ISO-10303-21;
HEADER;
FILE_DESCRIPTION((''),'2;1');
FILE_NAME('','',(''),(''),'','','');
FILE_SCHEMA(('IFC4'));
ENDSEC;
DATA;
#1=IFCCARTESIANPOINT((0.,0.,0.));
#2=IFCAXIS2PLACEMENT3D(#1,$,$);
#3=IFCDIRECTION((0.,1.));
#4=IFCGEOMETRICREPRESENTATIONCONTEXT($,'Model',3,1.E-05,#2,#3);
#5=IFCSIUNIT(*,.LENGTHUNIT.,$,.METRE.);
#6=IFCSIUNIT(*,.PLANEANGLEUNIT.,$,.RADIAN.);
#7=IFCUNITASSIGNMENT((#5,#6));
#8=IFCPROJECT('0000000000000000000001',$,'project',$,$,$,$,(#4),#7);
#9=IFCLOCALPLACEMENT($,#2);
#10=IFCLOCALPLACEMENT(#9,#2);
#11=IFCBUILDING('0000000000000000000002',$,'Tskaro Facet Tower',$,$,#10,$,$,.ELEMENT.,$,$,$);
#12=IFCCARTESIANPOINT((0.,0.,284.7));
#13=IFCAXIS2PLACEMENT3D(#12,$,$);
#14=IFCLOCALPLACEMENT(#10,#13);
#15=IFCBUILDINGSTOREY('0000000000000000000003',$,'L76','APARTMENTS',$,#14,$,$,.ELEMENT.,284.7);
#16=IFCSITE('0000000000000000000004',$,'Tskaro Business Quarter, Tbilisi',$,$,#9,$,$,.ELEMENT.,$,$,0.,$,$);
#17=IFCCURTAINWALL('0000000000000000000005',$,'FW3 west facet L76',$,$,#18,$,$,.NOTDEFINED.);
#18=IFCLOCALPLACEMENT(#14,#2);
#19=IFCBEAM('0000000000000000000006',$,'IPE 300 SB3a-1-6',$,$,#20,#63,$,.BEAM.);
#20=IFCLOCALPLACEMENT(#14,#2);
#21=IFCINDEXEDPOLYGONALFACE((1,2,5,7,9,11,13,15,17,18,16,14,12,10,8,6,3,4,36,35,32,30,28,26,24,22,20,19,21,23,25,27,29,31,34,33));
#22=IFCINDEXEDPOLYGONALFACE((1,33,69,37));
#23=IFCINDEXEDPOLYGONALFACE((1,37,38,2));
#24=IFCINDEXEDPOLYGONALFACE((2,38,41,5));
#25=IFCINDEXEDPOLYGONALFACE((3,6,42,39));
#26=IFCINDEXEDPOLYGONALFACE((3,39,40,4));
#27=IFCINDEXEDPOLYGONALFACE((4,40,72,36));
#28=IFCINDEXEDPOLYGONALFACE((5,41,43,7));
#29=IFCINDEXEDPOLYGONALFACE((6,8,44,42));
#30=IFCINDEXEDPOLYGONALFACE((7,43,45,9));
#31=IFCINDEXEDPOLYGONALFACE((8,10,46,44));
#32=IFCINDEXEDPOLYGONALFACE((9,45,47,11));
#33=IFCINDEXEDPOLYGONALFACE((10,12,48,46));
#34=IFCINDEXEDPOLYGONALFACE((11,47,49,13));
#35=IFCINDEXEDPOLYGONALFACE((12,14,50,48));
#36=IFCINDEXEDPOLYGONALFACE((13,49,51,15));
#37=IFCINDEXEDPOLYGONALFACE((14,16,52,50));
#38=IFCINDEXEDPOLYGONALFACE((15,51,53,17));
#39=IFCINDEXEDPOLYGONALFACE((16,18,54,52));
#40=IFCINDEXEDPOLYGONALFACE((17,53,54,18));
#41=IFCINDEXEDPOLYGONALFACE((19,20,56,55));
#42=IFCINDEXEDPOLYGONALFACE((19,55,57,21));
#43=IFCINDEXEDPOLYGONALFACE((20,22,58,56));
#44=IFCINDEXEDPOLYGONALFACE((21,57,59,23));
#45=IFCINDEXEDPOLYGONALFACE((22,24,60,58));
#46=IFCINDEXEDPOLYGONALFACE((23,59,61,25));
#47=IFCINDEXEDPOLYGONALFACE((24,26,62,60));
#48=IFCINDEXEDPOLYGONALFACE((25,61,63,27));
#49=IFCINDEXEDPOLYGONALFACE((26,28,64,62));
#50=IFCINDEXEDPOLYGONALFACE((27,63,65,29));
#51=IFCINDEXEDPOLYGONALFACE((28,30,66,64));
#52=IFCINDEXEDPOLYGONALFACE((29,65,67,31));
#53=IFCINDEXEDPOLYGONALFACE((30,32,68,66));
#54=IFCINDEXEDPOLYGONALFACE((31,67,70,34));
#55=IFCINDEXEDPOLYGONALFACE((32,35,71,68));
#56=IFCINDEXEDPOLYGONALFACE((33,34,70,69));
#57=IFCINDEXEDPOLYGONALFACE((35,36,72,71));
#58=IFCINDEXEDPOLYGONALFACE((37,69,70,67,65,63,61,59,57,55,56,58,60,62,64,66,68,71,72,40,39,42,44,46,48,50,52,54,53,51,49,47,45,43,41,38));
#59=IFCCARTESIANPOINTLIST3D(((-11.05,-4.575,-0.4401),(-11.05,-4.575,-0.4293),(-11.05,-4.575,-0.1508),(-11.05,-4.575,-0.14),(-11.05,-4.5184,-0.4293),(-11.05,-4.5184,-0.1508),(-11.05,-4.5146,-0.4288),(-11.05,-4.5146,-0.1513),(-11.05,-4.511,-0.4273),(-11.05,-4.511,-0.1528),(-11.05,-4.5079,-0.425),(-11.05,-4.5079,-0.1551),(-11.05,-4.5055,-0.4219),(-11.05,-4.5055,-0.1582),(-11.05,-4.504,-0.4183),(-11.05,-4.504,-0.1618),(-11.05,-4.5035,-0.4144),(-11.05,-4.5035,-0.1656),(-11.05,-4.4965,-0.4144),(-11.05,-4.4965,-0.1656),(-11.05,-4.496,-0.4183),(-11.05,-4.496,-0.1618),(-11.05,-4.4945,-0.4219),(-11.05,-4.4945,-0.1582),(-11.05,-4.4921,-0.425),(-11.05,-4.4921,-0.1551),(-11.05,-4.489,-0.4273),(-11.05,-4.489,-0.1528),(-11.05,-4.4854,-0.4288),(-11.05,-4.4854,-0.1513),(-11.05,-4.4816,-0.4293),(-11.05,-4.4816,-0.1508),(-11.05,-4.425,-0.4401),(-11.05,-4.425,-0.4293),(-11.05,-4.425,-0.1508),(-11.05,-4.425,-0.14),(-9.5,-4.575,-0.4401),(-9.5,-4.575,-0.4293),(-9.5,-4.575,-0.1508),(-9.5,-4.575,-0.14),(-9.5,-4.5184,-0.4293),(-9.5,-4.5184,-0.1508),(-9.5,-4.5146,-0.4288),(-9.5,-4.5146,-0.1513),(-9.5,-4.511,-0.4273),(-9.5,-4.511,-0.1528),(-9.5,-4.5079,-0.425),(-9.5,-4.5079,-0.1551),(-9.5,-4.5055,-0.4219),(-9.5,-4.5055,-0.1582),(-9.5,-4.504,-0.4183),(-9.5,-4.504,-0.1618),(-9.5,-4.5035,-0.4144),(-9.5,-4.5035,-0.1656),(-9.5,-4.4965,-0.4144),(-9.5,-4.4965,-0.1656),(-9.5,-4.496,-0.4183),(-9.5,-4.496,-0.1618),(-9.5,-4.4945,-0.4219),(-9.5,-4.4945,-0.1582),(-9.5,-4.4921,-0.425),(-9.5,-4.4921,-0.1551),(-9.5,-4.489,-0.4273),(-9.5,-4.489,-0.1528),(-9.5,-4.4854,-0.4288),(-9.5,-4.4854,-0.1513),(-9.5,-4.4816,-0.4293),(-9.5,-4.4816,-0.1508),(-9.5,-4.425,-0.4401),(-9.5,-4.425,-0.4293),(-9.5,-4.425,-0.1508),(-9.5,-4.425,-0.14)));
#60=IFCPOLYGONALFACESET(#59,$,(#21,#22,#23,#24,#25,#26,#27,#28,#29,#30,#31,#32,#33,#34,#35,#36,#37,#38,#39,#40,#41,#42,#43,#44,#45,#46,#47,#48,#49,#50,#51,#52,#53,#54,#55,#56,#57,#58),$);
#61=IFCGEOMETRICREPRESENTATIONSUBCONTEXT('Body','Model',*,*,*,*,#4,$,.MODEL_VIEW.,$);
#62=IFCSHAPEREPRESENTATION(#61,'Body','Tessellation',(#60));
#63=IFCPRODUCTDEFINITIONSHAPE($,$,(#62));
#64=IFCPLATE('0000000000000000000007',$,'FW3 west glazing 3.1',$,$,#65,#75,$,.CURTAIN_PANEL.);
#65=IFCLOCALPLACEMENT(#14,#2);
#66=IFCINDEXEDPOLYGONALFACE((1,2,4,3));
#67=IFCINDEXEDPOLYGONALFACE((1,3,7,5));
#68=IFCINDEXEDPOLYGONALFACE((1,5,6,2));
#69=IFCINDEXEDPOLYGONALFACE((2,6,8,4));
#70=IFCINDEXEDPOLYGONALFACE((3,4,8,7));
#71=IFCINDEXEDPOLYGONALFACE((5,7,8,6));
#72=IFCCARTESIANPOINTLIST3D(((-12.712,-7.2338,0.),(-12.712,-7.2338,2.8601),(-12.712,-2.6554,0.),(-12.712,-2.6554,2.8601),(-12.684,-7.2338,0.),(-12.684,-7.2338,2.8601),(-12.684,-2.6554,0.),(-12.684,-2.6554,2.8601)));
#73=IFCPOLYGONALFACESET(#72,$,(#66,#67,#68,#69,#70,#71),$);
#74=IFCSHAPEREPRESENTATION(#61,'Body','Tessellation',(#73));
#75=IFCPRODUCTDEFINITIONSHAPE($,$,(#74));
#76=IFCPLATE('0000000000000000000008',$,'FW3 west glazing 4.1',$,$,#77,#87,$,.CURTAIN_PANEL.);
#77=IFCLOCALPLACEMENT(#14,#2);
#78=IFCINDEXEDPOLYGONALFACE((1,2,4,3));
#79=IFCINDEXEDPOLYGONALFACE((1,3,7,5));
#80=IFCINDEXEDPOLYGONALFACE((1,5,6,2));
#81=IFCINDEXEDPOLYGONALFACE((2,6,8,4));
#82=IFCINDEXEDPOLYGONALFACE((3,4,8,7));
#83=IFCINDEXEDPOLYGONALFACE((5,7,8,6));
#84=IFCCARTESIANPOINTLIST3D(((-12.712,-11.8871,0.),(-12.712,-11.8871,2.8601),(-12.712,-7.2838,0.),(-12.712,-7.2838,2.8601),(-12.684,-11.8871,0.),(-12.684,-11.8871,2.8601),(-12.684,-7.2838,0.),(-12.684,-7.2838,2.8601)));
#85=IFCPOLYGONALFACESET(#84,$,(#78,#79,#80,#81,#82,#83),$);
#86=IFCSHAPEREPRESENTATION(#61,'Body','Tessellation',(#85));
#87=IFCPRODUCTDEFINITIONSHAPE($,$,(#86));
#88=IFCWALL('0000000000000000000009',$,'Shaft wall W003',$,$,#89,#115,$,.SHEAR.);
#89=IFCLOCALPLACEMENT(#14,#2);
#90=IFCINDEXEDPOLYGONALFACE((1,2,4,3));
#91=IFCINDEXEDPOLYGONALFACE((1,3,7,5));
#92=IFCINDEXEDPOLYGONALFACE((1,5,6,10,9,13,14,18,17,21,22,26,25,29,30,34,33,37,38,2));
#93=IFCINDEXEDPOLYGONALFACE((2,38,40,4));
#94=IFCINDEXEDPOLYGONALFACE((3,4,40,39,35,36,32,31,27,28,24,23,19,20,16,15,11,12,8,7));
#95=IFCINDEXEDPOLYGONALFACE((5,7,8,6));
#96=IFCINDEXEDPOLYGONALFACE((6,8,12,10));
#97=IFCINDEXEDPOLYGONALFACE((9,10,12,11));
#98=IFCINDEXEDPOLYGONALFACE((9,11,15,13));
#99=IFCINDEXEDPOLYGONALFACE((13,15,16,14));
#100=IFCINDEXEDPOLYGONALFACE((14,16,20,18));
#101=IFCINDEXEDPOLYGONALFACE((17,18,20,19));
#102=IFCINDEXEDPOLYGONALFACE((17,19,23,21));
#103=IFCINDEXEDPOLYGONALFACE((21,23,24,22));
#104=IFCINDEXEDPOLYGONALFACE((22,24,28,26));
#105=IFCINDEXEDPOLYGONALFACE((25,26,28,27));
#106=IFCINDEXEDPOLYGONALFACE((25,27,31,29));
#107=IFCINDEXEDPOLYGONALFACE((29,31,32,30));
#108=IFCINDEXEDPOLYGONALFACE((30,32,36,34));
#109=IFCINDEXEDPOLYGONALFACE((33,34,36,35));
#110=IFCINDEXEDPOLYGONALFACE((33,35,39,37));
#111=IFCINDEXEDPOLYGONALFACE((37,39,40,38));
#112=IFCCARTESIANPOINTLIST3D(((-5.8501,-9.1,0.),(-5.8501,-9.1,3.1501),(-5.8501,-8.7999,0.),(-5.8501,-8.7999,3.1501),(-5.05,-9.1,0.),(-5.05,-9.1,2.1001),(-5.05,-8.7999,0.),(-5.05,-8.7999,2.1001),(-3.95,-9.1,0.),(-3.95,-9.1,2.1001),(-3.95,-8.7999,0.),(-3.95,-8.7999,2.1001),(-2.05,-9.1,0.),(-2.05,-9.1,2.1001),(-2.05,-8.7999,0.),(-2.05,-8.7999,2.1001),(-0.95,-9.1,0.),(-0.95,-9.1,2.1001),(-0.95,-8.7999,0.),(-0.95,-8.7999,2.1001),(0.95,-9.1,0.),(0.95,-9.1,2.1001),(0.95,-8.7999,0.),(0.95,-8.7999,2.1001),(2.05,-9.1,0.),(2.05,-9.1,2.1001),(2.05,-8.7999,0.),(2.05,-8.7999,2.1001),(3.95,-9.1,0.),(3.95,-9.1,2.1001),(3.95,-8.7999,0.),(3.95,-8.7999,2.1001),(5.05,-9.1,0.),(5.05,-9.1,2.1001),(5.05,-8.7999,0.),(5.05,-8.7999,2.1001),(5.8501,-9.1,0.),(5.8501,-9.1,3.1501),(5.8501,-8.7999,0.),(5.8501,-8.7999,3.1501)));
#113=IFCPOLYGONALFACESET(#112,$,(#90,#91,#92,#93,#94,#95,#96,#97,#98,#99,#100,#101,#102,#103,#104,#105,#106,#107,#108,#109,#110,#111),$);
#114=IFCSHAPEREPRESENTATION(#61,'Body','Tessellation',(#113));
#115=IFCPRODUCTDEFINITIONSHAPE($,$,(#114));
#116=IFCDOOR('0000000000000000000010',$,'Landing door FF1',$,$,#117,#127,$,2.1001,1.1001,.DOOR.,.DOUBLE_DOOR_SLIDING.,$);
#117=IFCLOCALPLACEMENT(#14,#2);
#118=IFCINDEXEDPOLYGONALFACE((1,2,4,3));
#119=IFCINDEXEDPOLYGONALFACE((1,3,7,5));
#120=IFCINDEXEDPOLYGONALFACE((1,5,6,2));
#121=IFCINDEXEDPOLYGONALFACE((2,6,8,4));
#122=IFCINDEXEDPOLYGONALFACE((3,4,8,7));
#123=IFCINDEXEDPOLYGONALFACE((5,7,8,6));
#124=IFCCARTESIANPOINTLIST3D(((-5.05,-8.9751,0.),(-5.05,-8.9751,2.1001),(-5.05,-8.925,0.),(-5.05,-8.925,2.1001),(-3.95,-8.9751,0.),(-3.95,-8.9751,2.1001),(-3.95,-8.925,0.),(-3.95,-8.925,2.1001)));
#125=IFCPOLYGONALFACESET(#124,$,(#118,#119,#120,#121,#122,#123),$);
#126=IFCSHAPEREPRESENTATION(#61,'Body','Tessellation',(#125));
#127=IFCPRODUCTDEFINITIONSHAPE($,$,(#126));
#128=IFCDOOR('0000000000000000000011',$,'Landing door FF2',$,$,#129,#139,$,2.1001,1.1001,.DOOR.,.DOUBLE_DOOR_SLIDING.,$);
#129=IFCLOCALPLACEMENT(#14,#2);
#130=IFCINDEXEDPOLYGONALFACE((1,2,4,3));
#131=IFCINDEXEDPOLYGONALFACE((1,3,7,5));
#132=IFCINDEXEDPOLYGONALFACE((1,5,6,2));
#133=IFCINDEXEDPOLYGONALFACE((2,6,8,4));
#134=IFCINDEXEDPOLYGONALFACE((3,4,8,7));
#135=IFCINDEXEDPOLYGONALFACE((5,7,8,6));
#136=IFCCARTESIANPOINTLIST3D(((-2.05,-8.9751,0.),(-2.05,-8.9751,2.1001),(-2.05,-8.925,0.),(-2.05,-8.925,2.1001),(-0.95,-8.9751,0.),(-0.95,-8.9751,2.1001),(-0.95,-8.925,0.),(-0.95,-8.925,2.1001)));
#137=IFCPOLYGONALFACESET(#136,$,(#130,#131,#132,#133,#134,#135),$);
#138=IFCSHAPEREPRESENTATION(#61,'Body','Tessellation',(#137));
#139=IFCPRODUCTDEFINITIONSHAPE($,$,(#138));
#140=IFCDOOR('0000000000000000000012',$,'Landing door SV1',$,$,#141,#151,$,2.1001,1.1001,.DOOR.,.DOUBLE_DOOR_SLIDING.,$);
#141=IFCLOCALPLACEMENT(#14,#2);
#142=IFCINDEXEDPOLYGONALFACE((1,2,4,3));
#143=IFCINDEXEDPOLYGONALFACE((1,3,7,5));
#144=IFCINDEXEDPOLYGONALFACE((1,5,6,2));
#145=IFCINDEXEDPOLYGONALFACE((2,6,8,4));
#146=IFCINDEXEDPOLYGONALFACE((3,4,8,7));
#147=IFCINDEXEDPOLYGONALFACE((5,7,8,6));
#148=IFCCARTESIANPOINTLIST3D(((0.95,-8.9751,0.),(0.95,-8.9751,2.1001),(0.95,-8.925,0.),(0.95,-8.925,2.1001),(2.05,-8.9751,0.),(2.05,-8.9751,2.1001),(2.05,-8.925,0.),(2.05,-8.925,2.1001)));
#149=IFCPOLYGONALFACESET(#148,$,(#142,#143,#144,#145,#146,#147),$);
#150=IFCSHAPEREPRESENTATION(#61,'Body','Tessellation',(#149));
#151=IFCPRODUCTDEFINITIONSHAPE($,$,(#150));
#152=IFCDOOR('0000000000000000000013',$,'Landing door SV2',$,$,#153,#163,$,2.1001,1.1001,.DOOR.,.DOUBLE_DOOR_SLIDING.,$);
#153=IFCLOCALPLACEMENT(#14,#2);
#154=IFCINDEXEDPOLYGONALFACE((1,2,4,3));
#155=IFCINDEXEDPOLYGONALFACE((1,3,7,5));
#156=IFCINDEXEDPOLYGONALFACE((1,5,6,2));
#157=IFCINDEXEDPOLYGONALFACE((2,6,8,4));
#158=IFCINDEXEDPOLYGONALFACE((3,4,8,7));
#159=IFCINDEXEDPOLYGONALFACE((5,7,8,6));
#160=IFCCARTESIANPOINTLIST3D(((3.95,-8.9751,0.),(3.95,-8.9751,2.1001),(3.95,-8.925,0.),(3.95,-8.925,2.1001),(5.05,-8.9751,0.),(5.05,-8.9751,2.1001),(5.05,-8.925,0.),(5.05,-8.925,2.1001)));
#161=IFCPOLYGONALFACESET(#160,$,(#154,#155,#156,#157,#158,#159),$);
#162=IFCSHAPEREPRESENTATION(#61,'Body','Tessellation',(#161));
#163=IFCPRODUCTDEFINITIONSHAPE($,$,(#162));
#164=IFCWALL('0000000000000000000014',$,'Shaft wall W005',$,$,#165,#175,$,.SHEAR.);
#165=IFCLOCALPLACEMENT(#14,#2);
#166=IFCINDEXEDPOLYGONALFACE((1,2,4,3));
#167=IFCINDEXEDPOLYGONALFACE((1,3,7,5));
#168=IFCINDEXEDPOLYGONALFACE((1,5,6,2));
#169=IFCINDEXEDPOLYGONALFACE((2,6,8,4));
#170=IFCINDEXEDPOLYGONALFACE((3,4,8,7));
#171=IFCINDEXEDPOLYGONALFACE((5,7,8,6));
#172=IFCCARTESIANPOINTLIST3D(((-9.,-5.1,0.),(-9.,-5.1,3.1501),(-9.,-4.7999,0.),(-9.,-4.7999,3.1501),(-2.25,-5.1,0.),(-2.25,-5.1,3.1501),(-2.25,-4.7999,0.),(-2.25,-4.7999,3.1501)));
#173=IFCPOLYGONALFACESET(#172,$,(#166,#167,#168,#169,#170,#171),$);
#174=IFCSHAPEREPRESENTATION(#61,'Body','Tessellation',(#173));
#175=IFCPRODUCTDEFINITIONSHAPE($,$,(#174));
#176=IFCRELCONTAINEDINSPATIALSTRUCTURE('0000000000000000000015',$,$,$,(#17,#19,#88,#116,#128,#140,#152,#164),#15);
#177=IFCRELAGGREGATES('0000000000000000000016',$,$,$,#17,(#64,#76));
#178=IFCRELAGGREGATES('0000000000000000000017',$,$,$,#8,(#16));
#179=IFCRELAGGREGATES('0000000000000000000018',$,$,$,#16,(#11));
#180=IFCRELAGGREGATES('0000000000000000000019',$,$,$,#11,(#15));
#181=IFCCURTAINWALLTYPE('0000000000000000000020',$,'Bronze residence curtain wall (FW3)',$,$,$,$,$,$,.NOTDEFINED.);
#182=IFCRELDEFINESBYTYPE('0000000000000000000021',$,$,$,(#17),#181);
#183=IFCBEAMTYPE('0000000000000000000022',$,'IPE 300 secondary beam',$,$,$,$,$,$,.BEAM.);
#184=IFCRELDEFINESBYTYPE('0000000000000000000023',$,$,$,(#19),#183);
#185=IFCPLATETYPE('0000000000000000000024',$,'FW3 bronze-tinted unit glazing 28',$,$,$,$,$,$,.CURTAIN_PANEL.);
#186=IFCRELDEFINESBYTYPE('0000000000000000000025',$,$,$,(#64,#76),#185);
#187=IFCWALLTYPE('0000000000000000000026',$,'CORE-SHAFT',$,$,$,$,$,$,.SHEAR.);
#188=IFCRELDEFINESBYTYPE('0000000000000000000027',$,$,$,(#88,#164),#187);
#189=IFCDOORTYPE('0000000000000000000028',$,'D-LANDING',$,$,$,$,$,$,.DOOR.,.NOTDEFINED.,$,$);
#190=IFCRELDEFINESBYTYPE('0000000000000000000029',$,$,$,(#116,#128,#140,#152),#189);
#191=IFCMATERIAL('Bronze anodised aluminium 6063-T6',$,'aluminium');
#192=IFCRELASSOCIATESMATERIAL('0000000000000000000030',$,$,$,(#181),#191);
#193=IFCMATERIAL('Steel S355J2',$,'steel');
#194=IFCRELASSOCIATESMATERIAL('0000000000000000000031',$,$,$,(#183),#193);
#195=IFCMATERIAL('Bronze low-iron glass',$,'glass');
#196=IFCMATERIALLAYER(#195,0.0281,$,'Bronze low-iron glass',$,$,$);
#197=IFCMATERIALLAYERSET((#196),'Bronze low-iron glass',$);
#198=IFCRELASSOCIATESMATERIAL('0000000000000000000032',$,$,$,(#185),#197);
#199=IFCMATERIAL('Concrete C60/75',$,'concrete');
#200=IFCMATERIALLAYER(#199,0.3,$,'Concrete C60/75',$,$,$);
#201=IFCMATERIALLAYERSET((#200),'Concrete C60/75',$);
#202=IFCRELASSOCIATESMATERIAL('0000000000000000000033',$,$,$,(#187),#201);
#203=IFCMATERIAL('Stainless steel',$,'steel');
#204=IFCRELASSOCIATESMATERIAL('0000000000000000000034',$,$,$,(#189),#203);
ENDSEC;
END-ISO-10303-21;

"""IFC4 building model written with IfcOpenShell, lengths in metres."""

from ifc_helpers import new_model, si_unit, direction, frame, frame_2d, origin, origin_2d, place, context, subcontext, project, spatial, rectangle, i_section, extrude, material, layer, layer_set, material_profile, profile_set, type_object, element, fill, aggregate, save


model = new_model("IFC4")

# Units and contexts
model_context = context("Model", 3, precision=1e-05, world=origin(), true_north=direction((0.0, 1.0)))
body_context = subcontext(model_context, "Body", "Model", "MODEL_VIEW")
ifc_project = project(units=[si_unit("LENGTHUNIT", "METRE"), si_unit("PLANEANGLEUNIT", "RADIAN")], contexts=[model_context])

# Site, building, storey
site_placement = place(None, origin())
site = spatial("IfcSite", under=ifc_project, at=site_placement, Name="Tskaro Business Quarter, Tbilisi", CompositionType="ELEMENT", RefElevation=0.0)
building_placement = place(site_placement, origin())
building = spatial("IfcBuilding", under=site, at=building_placement, Name="Tskaro Facet Tower", CompositionType="ELEMENT")
storey_placement = place(building_placement, frame((0.0, 0.0, 284.7)))
storey = spatial("IfcBuildingStorey", under=building, at=storey_placement, Name="L76", Description="APARTMENTS", CompositionType="ELEMENT", Elevation=284.7)

# Shared definitions
ifc_material_1 = material(Name="Steel S355J2", Category="steel")

# Curtain wall
ifc_material_2 = material(Name="Bronze anodised aluminium 6063-T6", Category="aluminium")
curtain_wall_type = type_object("IfcCurtainWallType", Name="Bronze residence curtain wall (FW3)", PredefinedType="NOTDEFINED", material=ifc_material_2)
curtain_wall_placement = place(storey_placement, origin())
curtain_wall = element("IfcCurtainWall", 1, at=curtain_wall_placement, inside=storey, type_object=curtain_wall_type, Name="FW3 west facet L76", PredefinedType="NOTDEFINED")

# Beam
ifc_material_profile_1 = material_profile(ifc_material_1, i_section(OverallWidth=0.1499, OverallDepth=0.3, WebThickness=0.0071, FlangeThickness=0.0107, FilletRadius=0.0149, at=origin_2d()), Name="IPE 300")
ifc_profile_set_1 = profile_set([ifc_material_profile_1], Name="Steel S355J2")
beam_type_1 = type_object("IfcBeamType", Name="IPE 300 secondary beam", PredefinedType="BEAM", material=ifc_profile_set_1)
beam_1_placement = place(storey_placement, frame((-11.05, -4.5, -0.29), z_axis=(1.0, 0.0, 0.0), x_axis=(0.0, 1.0, 0.0)))
element("IfcBeam", 2, at=beam_1_placement, inside=storey, type_object=beam_type_1, Name="IPE 300 SB3a-1-6", PredefinedType="BEAM", context=body_context, shape_type="SweptSolid", body=[
    extrude(i_section(OverallWidth=0.1499, OverallDepth=0.3, WebThickness=0.0071, FlangeThickness=0.0107, FilletRadius=0.0149, at=origin_2d()), origin(), (0.0, 0.0, 1.0), 1.55),
])

# Plates
ifc_material_3 = material(Name="Bronze low-iron glass", Category="glass")
ifc_layer_1 = layer(ifc_material_3, 0.0281, Name="Bronze low-iron glass")
ifc_layer_set_1 = layer_set([ifc_layer_1], Name="Bronze low-iron glass")
plate_type = type_object("IfcPlateType", Name="FW3 bronze-tinted unit glazing 28", PredefinedType="CURTAIN_PANEL", material=ifc_layer_set_1)
plate_1_placement = place(storey_placement, frame((-12.698, -4.9446, 0.0), z_axis=(0.0, 0.0, 1.0), x_axis=(0.0, -1.0, 0.0)))
plate_1 = element("IfcPlate", 3, at=plate_1_placement, type_object=plate_type, Name="FW3 west glazing 3.1", PredefinedType="CURTAIN_PANEL", context=body_context, shape_type="SweptSolid", body=[
    extrude(rectangle(XDim=4.5784, YDim=0.0281, at=origin_2d()), origin(), (0.0, 0.0, 1.0), 2.8601),
])
plate_2_placement = place(storey_placement, frame((-12.698, -9.5854, 0.0), z_axis=(0.0, 0.0, 1.0), x_axis=(0.0, -1.0, 0.0)))
plate_2 = element("IfcPlate", 4, at=plate_2_placement, type_object=plate_type, Name="FW3 west glazing 4.1", PredefinedType="CURTAIN_PANEL", context=body_context, shape_type="SweptSolid", body=[
    extrude(rectangle(XDim=4.6033, YDim=0.0281, at=origin_2d()), origin(), (0.0, 0.0, 1.0), 2.8601),
])
aggregate(curtain_wall, [plate_1, plate_2])

# Wall, openings, doors
ifc_material_4 = material(Name="Concrete C60/75", Category="concrete")
ifc_layer_2 = layer(ifc_material_4, 0.3, Name="Concrete C60/75")
ifc_layer_set_2 = layer_set([ifc_layer_2], Name="Concrete C60/75")
wall_type_1 = type_object("IfcWallType", Name="CORE-SHAFT", PredefinedType="SHEAR", material=ifc_layer_set_2)
wall_1_placement = place(storey_placement, frame((-5.8501, -8.95, 0.0), z_axis=(0.0, 0.0, 1.0), x_axis=(1.0, 0.0, 0.0)))
wall_1 = element("IfcWall", 5, at=wall_1_placement, inside=storey, type_object=wall_type_1, Name="Shaft wall W003", PredefinedType="SHEAR", context=body_context, shape_type="SweptSolid", body=[
    extrude(rectangle(XDim=11.7002, YDim=0.3, at=frame_2d((5.8501, 0.0))), origin(), (0.0, 0.0, 1.0), 3.1501),
])
opening_1_placement = place(wall_1_placement, frame((0.8, 0.0, 0.0)))
opening_1 = element("IfcOpeningElement", 6, at=opening_1_placement, cuts=wall_1, PredefinedType="OPENING", context=body_context, shape_type="SweptSolid", body=[
    extrude(rectangle(XDim=1.1001, YDim=2.1001, at=frame_2d((0.55, 1.05))), frame((0.0, 0.1599, 0.0), z_axis=(0.0, -1.0, 0.0), x_axis=(1.0, 0.0, 0.0)), (0.0, 0.0, 1.0), 0.3201),
])
opening_2_placement = place(wall_1_placement, frame((3.8, 0.0, 0.0)))
opening_2 = element("IfcOpeningElement", 7, at=opening_2_placement, cuts=wall_1, PredefinedType="OPENING", context=body_context, shape_type="SweptSolid", body=[
    extrude(rectangle(XDim=1.1001, YDim=2.1001, at=frame_2d((0.55, 1.05))), frame((0.0, 0.1599, 0.0), z_axis=(0.0, -1.0, 0.0), x_axis=(1.0, 0.0, 0.0)), (0.0, 0.0, 1.0), 0.3201),
])
opening_3_placement = place(wall_1_placement, frame((6.8, 0.0, 0.0)))
opening_3 = element("IfcOpeningElement", 8, at=opening_3_placement, cuts=wall_1, PredefinedType="OPENING", context=body_context, shape_type="SweptSolid", body=[
    extrude(rectangle(XDim=1.1001, YDim=2.1001, at=frame_2d((0.55, 1.05))), frame((0.0, 0.1599, 0.0), z_axis=(0.0, -1.0, 0.0), x_axis=(1.0, 0.0, 0.0)), (0.0, 0.0, 1.0), 0.3201),
])
opening_4_placement = place(wall_1_placement, frame((9.8, 0.0, 0.0)))
opening_4 = element("IfcOpeningElement", 9, at=opening_4_placement, cuts=wall_1, PredefinedType="OPENING", context=body_context, shape_type="SweptSolid", body=[
    extrude(rectangle(XDim=1.1001, YDim=2.1001, at=frame_2d((0.55, 1.05))), frame((0.0, 0.1599, 0.0), z_axis=(0.0, -1.0, 0.0), x_axis=(1.0, 0.0, 0.0)), (0.0, 0.0, 1.0), 0.3201),
])
ifc_material_5 = material(Name="Stainless steel", Category="steel")
door_type = type_object("IfcDoorType", Name="D-LANDING", OperationType="NOTDEFINED", PredefinedType="DOOR", material=ifc_material_5)
door_1_placement = place(opening_1_placement, origin())
door_1 = element("IfcDoor", 10, at=door_1_placement, inside=storey, type_object=door_type, Name="Landing door FF1", OperationType="DOUBLE_DOOR_SLIDING", OverallHeight=2.1001, OverallWidth=1.1001, PredefinedType="DOOR", context=body_context, shape_type="SweptSolid", body=[
    extrude(rectangle(XDim=1.1001, YDim=2.1001, at=frame_2d((0.55, 1.05))), frame((0.0, 0.0249, 0.0), z_axis=(0.0, -1.0, 0.0), x_axis=(1.0, 0.0, 0.0)), (0.0, 0.0, 1.0), 0.05),
])
fill(opening_1, door_1)
door_2_placement = place(opening_2_placement, origin())
door_2 = element("IfcDoor", 11, at=door_2_placement, inside=storey, type_object=door_type, Name="Landing door FF2", OperationType="DOUBLE_DOOR_SLIDING", OverallHeight=2.1001, OverallWidth=1.1001, PredefinedType="DOOR", context=body_context, shape_type="SweptSolid", body=[
    extrude(rectangle(XDim=1.1001, YDim=2.1001, at=frame_2d((0.55, 1.05))), frame((0.0, 0.0249, 0.0), z_axis=(0.0, -1.0, 0.0), x_axis=(1.0, 0.0, 0.0)), (0.0, 0.0, 1.0), 0.05),
])
fill(opening_2, door_2)
door_3_placement = place(opening_3_placement, origin())
door_3 = element("IfcDoor", 12, at=door_3_placement, inside=storey, type_object=door_type, Name="Landing door SV1", OperationType="DOUBLE_DOOR_SLIDING", OverallHeight=2.1001, OverallWidth=1.1001, PredefinedType="DOOR", context=body_context, shape_type="SweptSolid", body=[
    extrude(rectangle(XDim=1.1001, YDim=2.1001, at=frame_2d((0.55, 1.05))), frame((0.0, 0.0249, 0.0), z_axis=(0.0, -1.0, 0.0), x_axis=(1.0, 0.0, 0.0)), (0.0, 0.0, 1.0), 0.05),
])
fill(opening_3, door_3)
door_4_placement = place(opening_4_placement, origin())
door_4 = element("IfcDoor", 13, at=door_4_placement, inside=storey, type_object=door_type, Name="Landing door SV2", OperationType="DOUBLE_DOOR_SLIDING", OverallHeight=2.1001, OverallWidth=1.1001, PredefinedType="DOOR", context=body_context, shape_type="SweptSolid", body=[
    extrude(rectangle(XDim=1.1001, YDim=2.1001, at=frame_2d((0.55, 1.05))), frame((0.0, 0.0249, 0.0), z_axis=(0.0, -1.0, 0.0), x_axis=(1.0, 0.0, 0.0)), (0.0, 0.0, 1.0), 0.05),
])
fill(opening_4, door_4)

# Wall
wall_2_placement = place(storey_placement, frame((-9.0, -4.95, 0.0), z_axis=(0.0, 0.0, 1.0), x_axis=(1.0, 0.0, 0.0)))
element("IfcWall", 14, at=wall_2_placement, inside=storey, type_object=wall_type_1, Name="Shaft wall W005", PredefinedType="SHEAR", context=body_context, shape_type="SweptSolid", body=[
    extrude(rectangle(XDim=6.75, YDim=0.3, at=frame_2d((3.375, 0.0))), origin(), (0.0, 0.0, 1.0), 3.1501),
])

save(model, "model.ifc")
